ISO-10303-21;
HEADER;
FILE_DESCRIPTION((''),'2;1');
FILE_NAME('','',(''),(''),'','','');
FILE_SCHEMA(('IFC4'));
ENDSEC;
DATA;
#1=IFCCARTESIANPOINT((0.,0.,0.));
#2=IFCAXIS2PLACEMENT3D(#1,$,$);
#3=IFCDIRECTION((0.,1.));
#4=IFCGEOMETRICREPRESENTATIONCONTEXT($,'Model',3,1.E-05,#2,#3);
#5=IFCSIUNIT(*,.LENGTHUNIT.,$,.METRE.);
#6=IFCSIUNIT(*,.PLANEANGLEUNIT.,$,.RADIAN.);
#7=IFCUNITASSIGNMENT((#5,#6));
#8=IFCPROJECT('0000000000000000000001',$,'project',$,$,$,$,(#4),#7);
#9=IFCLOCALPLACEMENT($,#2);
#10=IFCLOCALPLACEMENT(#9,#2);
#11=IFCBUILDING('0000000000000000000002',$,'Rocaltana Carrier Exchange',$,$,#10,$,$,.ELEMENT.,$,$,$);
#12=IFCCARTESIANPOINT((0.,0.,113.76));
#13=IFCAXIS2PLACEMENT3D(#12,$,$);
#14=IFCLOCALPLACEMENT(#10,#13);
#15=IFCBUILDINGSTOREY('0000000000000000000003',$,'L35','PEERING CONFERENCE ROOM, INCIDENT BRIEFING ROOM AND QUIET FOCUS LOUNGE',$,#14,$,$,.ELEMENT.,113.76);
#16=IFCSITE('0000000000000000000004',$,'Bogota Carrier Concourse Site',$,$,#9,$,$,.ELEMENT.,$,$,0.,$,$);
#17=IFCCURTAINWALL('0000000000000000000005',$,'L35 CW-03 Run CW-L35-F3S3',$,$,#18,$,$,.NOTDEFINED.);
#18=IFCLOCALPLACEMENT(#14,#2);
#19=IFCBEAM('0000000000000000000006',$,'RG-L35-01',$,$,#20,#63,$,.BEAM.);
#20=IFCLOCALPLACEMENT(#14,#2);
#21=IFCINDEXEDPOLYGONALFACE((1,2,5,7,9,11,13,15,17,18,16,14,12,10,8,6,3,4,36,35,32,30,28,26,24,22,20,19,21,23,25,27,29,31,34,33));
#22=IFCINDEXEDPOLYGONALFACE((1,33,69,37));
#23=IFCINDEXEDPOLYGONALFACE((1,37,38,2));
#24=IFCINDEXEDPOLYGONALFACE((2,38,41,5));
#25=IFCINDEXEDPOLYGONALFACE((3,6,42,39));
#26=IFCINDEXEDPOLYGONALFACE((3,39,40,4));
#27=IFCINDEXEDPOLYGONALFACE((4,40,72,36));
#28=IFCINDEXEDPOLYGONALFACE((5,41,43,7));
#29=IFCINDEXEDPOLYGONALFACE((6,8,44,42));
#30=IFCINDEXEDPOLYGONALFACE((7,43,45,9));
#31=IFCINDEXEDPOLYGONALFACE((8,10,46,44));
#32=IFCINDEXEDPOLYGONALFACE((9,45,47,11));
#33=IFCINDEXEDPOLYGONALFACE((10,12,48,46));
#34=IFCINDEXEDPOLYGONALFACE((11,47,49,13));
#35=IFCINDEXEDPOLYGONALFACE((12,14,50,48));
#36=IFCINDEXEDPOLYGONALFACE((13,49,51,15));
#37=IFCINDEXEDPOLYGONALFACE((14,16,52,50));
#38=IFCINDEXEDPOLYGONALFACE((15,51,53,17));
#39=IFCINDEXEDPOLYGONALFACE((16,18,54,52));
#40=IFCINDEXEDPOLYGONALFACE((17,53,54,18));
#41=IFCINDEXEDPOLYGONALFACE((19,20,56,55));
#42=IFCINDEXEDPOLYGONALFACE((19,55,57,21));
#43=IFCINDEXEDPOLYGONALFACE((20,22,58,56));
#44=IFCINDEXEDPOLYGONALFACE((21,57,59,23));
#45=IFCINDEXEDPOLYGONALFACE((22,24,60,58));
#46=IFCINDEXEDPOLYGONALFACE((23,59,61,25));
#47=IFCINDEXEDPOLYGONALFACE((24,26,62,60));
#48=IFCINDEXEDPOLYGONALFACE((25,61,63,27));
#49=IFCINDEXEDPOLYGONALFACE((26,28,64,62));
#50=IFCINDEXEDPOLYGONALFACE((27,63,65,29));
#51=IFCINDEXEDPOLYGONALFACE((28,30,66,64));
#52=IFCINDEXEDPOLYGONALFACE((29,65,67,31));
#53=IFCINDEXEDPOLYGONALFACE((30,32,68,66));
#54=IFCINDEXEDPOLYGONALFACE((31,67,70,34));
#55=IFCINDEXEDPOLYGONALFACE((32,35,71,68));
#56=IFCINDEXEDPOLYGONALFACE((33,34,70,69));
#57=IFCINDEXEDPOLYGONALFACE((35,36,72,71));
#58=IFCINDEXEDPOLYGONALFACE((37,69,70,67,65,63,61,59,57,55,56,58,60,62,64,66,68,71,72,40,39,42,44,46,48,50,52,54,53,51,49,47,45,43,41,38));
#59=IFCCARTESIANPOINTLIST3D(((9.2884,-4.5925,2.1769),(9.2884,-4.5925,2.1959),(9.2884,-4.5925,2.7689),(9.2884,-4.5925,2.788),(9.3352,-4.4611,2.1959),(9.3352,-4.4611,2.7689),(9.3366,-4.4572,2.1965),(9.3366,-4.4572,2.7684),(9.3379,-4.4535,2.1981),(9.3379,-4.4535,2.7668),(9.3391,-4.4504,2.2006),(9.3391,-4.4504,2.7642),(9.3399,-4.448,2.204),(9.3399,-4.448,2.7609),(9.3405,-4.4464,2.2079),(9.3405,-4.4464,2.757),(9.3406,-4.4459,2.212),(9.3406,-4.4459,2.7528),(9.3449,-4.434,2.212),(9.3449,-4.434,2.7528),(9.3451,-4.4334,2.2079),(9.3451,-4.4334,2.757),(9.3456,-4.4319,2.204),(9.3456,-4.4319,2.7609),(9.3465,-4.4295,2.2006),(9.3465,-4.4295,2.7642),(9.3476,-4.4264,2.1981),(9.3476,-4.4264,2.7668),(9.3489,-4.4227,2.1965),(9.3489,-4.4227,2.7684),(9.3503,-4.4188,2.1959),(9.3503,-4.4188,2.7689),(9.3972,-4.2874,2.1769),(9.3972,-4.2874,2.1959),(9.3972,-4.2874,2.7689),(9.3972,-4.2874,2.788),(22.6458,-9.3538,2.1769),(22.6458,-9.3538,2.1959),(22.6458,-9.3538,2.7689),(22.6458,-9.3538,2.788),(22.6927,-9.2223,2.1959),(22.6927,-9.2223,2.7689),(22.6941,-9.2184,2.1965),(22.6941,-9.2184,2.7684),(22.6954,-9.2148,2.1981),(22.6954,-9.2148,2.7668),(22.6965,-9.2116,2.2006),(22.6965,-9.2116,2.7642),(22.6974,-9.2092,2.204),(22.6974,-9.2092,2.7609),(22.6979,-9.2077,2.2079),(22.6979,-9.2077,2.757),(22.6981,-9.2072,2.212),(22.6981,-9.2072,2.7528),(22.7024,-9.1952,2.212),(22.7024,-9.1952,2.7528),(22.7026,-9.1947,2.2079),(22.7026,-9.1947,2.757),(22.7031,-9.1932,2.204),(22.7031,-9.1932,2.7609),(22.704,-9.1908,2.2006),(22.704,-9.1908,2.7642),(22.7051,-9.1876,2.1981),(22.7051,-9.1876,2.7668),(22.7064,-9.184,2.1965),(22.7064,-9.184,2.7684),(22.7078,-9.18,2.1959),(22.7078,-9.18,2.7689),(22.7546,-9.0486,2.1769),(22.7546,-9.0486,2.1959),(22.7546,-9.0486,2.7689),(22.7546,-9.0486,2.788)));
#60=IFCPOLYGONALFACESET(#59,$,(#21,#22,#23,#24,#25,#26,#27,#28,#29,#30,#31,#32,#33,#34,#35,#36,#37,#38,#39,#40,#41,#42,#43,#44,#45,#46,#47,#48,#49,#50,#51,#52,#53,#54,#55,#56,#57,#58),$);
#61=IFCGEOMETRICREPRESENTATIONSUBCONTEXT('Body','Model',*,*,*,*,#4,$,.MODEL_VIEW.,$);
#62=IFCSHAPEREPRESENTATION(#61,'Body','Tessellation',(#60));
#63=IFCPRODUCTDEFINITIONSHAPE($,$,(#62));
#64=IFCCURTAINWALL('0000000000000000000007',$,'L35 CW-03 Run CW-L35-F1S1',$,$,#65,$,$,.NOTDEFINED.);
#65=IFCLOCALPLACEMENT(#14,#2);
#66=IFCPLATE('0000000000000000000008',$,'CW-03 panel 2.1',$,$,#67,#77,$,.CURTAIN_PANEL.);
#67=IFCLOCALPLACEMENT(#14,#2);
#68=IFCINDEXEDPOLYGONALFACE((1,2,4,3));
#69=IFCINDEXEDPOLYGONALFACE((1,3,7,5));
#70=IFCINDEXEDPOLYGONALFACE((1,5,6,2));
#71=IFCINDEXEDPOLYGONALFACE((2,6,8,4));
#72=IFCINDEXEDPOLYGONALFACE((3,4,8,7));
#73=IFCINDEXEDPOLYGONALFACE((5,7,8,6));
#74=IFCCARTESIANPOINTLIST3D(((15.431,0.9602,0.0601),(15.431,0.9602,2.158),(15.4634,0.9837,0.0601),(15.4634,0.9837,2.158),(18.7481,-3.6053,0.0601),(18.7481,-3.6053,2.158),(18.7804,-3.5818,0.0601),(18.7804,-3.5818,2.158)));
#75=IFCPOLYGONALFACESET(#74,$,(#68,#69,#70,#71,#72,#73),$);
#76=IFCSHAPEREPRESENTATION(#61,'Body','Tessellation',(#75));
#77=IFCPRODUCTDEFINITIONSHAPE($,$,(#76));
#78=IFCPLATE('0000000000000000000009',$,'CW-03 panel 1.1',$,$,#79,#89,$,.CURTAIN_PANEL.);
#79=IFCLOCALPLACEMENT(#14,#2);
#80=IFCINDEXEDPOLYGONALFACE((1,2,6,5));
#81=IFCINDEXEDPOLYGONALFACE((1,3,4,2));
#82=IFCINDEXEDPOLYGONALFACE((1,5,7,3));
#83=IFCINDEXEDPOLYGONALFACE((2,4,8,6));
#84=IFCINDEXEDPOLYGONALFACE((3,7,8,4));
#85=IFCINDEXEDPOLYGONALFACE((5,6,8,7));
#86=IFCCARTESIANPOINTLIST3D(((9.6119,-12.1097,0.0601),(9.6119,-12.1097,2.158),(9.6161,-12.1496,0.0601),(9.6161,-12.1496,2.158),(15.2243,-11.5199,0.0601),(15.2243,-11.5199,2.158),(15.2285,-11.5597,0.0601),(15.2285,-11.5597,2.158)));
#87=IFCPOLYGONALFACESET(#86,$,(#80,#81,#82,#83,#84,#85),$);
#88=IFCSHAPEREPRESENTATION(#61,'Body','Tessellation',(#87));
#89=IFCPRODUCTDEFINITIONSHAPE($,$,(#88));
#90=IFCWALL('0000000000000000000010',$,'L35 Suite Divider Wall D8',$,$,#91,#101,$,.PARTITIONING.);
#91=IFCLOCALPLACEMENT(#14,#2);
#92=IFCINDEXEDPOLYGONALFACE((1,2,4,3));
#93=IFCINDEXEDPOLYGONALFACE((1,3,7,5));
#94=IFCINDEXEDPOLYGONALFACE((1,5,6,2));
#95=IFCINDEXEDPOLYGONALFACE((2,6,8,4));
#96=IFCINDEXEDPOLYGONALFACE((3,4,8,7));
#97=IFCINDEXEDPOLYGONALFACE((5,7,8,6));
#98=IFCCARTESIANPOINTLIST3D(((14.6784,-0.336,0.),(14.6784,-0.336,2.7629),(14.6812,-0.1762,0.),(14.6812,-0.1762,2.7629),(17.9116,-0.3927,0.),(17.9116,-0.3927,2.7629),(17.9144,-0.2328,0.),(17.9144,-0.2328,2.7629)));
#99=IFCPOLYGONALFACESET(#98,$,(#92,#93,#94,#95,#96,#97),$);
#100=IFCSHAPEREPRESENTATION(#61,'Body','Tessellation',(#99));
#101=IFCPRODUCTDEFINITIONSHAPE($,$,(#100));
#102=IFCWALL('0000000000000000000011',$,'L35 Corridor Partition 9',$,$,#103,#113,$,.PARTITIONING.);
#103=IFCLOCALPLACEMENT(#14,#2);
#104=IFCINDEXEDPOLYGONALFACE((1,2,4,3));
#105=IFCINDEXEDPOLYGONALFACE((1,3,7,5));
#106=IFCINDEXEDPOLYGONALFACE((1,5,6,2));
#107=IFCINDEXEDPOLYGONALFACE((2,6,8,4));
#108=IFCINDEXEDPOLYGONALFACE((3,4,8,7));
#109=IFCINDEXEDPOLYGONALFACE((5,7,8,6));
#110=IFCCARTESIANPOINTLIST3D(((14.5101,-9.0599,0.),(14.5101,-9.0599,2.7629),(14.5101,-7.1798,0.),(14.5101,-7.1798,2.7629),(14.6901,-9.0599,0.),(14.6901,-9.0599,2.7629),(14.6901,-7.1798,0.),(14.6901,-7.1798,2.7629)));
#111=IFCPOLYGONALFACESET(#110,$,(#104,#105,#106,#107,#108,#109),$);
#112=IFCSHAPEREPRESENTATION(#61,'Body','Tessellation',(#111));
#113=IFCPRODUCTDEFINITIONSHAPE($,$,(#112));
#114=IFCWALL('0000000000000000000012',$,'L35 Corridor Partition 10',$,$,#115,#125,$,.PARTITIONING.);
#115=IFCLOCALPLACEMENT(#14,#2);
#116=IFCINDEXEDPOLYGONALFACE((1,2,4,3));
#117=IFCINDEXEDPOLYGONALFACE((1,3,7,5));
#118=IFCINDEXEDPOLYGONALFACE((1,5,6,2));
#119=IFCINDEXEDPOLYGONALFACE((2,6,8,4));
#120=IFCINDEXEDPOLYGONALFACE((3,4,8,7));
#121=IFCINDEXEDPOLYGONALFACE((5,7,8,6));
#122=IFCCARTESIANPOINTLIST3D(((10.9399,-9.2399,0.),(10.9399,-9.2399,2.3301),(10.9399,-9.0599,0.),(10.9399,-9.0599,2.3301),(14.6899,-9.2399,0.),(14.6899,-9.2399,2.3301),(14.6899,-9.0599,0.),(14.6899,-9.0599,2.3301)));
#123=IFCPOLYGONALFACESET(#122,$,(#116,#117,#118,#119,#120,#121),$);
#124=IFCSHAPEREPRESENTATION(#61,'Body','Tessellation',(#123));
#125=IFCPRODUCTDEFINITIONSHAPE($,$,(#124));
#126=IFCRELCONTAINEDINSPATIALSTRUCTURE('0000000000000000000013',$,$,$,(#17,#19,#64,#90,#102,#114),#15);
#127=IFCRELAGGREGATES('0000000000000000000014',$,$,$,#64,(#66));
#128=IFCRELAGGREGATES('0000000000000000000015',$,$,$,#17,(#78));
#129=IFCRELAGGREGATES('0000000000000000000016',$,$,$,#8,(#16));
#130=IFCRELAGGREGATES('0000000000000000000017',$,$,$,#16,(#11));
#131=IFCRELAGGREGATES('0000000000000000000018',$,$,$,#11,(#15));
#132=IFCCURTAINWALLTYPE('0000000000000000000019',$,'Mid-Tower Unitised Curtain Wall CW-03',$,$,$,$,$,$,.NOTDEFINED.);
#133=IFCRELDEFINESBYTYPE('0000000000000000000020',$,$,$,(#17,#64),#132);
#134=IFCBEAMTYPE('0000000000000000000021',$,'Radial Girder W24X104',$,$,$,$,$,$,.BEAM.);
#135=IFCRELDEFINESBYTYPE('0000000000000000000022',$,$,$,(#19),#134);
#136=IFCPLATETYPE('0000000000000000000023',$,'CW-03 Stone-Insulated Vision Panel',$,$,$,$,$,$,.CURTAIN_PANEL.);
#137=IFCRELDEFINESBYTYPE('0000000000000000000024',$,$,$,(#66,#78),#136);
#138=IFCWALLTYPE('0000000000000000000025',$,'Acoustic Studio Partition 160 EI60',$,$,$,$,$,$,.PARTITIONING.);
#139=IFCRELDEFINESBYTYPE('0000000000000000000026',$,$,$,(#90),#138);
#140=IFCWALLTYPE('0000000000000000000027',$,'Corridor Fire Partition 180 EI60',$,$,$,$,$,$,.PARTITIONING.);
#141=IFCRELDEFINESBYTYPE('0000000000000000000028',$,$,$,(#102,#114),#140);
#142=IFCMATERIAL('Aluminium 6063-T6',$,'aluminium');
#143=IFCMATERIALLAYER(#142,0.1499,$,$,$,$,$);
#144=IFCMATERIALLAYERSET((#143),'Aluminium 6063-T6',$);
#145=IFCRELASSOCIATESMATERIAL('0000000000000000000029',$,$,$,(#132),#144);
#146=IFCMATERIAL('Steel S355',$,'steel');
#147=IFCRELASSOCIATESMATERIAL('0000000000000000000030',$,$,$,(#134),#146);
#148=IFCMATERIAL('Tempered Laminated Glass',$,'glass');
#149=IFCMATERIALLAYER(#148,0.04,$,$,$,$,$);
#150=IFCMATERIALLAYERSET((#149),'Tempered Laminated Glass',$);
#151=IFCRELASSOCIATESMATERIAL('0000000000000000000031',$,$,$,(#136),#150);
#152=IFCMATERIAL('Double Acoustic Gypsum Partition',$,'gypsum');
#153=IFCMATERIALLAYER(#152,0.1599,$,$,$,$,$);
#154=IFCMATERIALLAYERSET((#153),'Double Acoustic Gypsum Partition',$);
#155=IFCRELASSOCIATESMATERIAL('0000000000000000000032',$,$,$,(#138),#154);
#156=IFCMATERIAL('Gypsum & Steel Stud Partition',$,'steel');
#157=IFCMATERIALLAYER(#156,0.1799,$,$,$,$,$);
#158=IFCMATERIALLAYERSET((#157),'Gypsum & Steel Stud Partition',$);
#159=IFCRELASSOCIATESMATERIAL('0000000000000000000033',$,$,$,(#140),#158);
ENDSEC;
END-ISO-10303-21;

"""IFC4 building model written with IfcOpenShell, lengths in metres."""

from ifc_helpers import new_model, si_unit, direction, frame, frame_2d, origin, origin_2d, place, context, subcontext, project, spatial, rectangle, i_section, extrude, material, layer, layer_set, material_profile, profile_set, type_object, element, aggregate, save


model = new_model("IFC4")

# Units and contexts
model_context = context("Model", 3, precision=1e-05, world=origin(), true_north=direction((0.0, 1.0)))
body_context = subcontext(model_context, "Body", "Model", "MODEL_VIEW")
ifc_project = project(units=[si_unit("LENGTHUNIT", "METRE"), si_unit("PLANEANGLEUNIT", "RADIAN")], contexts=[model_context])

# Site, building, storey
site_placement = place(None, origin())
site = spatial("IfcSite", under=ifc_project, at=site_placement, Name="Bogota Carrier Concourse Site", CompositionType="ELEMENT", RefElevation=0.0)
building_placement = place(site_placement, origin())
building = spatial("IfcBuilding", under=site, at=building_placement, Name="Rocaltana Carrier Exchange", CompositionType="ELEMENT")
storey_placement = place(building_placement, frame((0.0, 0.0, 113.76)))
storey = spatial("IfcBuildingStorey", under=building, at=storey_placement, Name="L35", Description="PEERING CONFERENCE ROOM, INCIDENT BRIEFING ROOM AND QUIET FOCUS LOUNGE", CompositionType="ELEMENT", Elevation=113.76)

# Curtain wall
ifc_material_1 = material(Name="Aluminium 6063-T6", Category="aluminium")
ifc_layer_1 = layer(ifc_material_1, 0.1499)
ifc_layer_set_1 = layer_set([ifc_layer_1], Name="Aluminium 6063-T6")
curtain_wall_type = type_object("IfcCurtainWallType", Name="Mid-Tower Unitised Curtain Wall CW-03", PredefinedType="NOTDEFINED", material=ifc_layer_set_1)
curtain_wall_1_placement = place(storey_placement, origin())
curtain_wall_1 = element("IfcCurtainWall", 1, at=curtain_wall_1_placement, inside=storey, type_object=curtain_wall_type, Name="L35 CW-03 Run CW-L35-F3S3", PredefinedType="NOTDEFINED")

# Beam
ifc_material_2 = material(Name="Steel S355", Category="steel")
ifc_material_profile_1 = material_profile(ifc_material_2, i_section(OverallWidth=0.324, OverallDepth=0.6111, WebThickness=0.0127, FlangeThickness=0.019, FilletRadius=0.0161, at=origin_2d()), Name="W24X104")
ifc_profile_set_1 = profile_set([ifc_material_profile_1], Name="Steel S355")
beam_type_1 = type_object("IfcBeamType", Name="Radial Girder W24X104", PredefinedType="BEAM", material=ifc_profile_set_1)
beam_1_placement = place(storey_placement, frame((9.3428, -4.4399, 2.4824), z_axis=(0.941949, -0.335756, 0.0), x_axis=(0.335756, 0.941949, 0.0)))
element("IfcBeam", 2, at=beam_1_placement, inside=storey, type_object=beam_type_1, Name="RG-L35-01", PredefinedType="BEAM", context=body_context, shape_type="SweptSolid", body=[
    extrude(i_section(OverallWidth=0.324, OverallDepth=0.6111, WebThickness=0.0127, FlangeThickness=0.019, FilletRadius=0.0161, at=origin_2d()), origin(), (0.0, 0.0, 1.0), 14.1807),
])

# Curtain wall, plate
curtain_wall_2_placement = place(storey_placement, origin())
curtain_wall_2 = element("IfcCurtainWall", 3, at=curtain_wall_2_placement, inside=storey, type_object=curtain_wall_type, Name="L35 CW-03 Run CW-L35-F1S1", PredefinedType="NOTDEFINED")
ifc_material_3 = material(Name="Tempered Laminated Glass", Category="glass")
ifc_layer_2 = layer(ifc_material_3, 0.04)
ifc_layer_set_2 = layer_set([ifc_layer_2], Name="Tempered Laminated Glass")
plate_type = type_object("IfcPlateType", Name="CW-03 Stone-Insulated Vision Panel", PredefinedType="CURTAIN_PANEL", material=ifc_layer_set_2)
plate_1_placement = place(storey_placement, frame((17.1057, -1.3108, 0.0601), z_axis=(0.0, 0.0, 1.0), x_axis=(-0.58779, 0.809014, 0.0)))
plate_1 = element("IfcPlate", 4, at=plate_1_placement, type_object=plate_type, Name="CW-03 panel 2.1", PredefinedType="CURTAIN_PANEL", context=body_context, shape_type="SweptSolid", body=[
    extrude(rectangle(XDim=5.6433, YDim=0.04, at=origin_2d()), origin(), (0.0, 0.0, 1.0), 2.0979),
])
aggregate(curtain_wall_2, [plate_1])

# Plate
plate_2_placement = place(storey_placement, frame((12.4202, -11.8347, 0.0601), z_axis=(0.0, 0.0, 1.0), x_axis=(0.994523, 0.104522, 0.0)))
plate_2 = element("IfcPlate", 5, at=plate_2_placement, type_object=plate_type, Name="CW-03 panel 1.1", PredefinedType="CURTAIN_PANEL", context=body_context, shape_type="SweptSolid", body=[
    extrude(rectangle(XDim=5.6433, YDim=0.04, at=origin_2d()), origin(), (0.0, 0.0, 1.0), 2.0979),
])
aggregate(curtain_wall_1, [plate_2])

# Walls
ifc_material_4 = material(Name="Double Acoustic Gypsum Partition", Category="gypsum")
ifc_layer_3 = layer(ifc_material_4, 0.1599)
ifc_layer_set_3 = layer_set([ifc_layer_3], Name="Double Acoustic Gypsum Partition")
wall_type_1 = type_object("IfcWallType", Name="Acoustic Studio Partition 160 EI60", PredefinedType="PARTITIONING", material=ifc_layer_set_3)
wall_1_placement = place(storey_placement, frame((14.6799, -0.2561, 0.0), z_axis=(0.0, 0.0, 1.0), x_axis=(0.999847, -0.017516, 0.0)))
element("IfcWall", 6, at=wall_1_placement, inside=storey, type_object=wall_type_1, Name="L35 Suite Divider Wall D8", PredefinedType="PARTITIONING", context=body_context, shape_type="SweptSolid", body=[
    extrude(rectangle(XDim=3.2336, YDim=0.1599, at=frame_2d((1.6167, 0.0))), origin(), (0.0, 0.0, 1.0), 2.7629),
])
ifc_material_5 = material(Name="Gypsum & Steel Stud Partition", Category="steel")
ifc_layer_4 = layer(ifc_material_5, 0.1799)
ifc_layer_set_4 = layer_set([ifc_layer_4], Name="Gypsum & Steel Stud Partition")
wall_type_2 = type_object("IfcWallType", Name="Corridor Fire Partition 180 EI60", PredefinedType="PARTITIONING", material=ifc_layer_set_4)
wall_2_placement = place(storey_placement, frame((14.6001, -7.1799, 0.0), z_axis=(0.0, 0.0, 1.0), x_axis=(0.0, -1.0, 0.0)))
element("IfcWall", 7, at=wall_2_placement, inside=storey, type_object=wall_type_2, Name="L35 Corridor Partition 9", PredefinedType="PARTITIONING", context=body_context, shape_type="SweptSolid", body=[
    extrude(rectangle(XDim=1.8801, YDim=0.1799, at=frame_2d((0.9399, 0.0))), origin(), (0.0, 0.0, 1.0), 2.7629),
])
wall_3_placement = place(storey_placement, frame((14.6899, -9.1499, 0.0), z_axis=(0.0, 0.0, 1.0), x_axis=(-1.0, 0.0, 0.0)))
element("IfcWall", 8, at=wall_3_placement, inside=storey, type_object=wall_type_2, Name="L35 Corridor Partition 10", PredefinedType="PARTITIONING", context=body_context, shape_type="SweptSolid", body=[
    extrude(rectangle(XDim=3.75, YDim=0.1799, at=frame_2d((1.875, 0.0))), origin(), (0.0, 0.0, 1.0), 2.3301),
])

save(model, "model.ifc")
